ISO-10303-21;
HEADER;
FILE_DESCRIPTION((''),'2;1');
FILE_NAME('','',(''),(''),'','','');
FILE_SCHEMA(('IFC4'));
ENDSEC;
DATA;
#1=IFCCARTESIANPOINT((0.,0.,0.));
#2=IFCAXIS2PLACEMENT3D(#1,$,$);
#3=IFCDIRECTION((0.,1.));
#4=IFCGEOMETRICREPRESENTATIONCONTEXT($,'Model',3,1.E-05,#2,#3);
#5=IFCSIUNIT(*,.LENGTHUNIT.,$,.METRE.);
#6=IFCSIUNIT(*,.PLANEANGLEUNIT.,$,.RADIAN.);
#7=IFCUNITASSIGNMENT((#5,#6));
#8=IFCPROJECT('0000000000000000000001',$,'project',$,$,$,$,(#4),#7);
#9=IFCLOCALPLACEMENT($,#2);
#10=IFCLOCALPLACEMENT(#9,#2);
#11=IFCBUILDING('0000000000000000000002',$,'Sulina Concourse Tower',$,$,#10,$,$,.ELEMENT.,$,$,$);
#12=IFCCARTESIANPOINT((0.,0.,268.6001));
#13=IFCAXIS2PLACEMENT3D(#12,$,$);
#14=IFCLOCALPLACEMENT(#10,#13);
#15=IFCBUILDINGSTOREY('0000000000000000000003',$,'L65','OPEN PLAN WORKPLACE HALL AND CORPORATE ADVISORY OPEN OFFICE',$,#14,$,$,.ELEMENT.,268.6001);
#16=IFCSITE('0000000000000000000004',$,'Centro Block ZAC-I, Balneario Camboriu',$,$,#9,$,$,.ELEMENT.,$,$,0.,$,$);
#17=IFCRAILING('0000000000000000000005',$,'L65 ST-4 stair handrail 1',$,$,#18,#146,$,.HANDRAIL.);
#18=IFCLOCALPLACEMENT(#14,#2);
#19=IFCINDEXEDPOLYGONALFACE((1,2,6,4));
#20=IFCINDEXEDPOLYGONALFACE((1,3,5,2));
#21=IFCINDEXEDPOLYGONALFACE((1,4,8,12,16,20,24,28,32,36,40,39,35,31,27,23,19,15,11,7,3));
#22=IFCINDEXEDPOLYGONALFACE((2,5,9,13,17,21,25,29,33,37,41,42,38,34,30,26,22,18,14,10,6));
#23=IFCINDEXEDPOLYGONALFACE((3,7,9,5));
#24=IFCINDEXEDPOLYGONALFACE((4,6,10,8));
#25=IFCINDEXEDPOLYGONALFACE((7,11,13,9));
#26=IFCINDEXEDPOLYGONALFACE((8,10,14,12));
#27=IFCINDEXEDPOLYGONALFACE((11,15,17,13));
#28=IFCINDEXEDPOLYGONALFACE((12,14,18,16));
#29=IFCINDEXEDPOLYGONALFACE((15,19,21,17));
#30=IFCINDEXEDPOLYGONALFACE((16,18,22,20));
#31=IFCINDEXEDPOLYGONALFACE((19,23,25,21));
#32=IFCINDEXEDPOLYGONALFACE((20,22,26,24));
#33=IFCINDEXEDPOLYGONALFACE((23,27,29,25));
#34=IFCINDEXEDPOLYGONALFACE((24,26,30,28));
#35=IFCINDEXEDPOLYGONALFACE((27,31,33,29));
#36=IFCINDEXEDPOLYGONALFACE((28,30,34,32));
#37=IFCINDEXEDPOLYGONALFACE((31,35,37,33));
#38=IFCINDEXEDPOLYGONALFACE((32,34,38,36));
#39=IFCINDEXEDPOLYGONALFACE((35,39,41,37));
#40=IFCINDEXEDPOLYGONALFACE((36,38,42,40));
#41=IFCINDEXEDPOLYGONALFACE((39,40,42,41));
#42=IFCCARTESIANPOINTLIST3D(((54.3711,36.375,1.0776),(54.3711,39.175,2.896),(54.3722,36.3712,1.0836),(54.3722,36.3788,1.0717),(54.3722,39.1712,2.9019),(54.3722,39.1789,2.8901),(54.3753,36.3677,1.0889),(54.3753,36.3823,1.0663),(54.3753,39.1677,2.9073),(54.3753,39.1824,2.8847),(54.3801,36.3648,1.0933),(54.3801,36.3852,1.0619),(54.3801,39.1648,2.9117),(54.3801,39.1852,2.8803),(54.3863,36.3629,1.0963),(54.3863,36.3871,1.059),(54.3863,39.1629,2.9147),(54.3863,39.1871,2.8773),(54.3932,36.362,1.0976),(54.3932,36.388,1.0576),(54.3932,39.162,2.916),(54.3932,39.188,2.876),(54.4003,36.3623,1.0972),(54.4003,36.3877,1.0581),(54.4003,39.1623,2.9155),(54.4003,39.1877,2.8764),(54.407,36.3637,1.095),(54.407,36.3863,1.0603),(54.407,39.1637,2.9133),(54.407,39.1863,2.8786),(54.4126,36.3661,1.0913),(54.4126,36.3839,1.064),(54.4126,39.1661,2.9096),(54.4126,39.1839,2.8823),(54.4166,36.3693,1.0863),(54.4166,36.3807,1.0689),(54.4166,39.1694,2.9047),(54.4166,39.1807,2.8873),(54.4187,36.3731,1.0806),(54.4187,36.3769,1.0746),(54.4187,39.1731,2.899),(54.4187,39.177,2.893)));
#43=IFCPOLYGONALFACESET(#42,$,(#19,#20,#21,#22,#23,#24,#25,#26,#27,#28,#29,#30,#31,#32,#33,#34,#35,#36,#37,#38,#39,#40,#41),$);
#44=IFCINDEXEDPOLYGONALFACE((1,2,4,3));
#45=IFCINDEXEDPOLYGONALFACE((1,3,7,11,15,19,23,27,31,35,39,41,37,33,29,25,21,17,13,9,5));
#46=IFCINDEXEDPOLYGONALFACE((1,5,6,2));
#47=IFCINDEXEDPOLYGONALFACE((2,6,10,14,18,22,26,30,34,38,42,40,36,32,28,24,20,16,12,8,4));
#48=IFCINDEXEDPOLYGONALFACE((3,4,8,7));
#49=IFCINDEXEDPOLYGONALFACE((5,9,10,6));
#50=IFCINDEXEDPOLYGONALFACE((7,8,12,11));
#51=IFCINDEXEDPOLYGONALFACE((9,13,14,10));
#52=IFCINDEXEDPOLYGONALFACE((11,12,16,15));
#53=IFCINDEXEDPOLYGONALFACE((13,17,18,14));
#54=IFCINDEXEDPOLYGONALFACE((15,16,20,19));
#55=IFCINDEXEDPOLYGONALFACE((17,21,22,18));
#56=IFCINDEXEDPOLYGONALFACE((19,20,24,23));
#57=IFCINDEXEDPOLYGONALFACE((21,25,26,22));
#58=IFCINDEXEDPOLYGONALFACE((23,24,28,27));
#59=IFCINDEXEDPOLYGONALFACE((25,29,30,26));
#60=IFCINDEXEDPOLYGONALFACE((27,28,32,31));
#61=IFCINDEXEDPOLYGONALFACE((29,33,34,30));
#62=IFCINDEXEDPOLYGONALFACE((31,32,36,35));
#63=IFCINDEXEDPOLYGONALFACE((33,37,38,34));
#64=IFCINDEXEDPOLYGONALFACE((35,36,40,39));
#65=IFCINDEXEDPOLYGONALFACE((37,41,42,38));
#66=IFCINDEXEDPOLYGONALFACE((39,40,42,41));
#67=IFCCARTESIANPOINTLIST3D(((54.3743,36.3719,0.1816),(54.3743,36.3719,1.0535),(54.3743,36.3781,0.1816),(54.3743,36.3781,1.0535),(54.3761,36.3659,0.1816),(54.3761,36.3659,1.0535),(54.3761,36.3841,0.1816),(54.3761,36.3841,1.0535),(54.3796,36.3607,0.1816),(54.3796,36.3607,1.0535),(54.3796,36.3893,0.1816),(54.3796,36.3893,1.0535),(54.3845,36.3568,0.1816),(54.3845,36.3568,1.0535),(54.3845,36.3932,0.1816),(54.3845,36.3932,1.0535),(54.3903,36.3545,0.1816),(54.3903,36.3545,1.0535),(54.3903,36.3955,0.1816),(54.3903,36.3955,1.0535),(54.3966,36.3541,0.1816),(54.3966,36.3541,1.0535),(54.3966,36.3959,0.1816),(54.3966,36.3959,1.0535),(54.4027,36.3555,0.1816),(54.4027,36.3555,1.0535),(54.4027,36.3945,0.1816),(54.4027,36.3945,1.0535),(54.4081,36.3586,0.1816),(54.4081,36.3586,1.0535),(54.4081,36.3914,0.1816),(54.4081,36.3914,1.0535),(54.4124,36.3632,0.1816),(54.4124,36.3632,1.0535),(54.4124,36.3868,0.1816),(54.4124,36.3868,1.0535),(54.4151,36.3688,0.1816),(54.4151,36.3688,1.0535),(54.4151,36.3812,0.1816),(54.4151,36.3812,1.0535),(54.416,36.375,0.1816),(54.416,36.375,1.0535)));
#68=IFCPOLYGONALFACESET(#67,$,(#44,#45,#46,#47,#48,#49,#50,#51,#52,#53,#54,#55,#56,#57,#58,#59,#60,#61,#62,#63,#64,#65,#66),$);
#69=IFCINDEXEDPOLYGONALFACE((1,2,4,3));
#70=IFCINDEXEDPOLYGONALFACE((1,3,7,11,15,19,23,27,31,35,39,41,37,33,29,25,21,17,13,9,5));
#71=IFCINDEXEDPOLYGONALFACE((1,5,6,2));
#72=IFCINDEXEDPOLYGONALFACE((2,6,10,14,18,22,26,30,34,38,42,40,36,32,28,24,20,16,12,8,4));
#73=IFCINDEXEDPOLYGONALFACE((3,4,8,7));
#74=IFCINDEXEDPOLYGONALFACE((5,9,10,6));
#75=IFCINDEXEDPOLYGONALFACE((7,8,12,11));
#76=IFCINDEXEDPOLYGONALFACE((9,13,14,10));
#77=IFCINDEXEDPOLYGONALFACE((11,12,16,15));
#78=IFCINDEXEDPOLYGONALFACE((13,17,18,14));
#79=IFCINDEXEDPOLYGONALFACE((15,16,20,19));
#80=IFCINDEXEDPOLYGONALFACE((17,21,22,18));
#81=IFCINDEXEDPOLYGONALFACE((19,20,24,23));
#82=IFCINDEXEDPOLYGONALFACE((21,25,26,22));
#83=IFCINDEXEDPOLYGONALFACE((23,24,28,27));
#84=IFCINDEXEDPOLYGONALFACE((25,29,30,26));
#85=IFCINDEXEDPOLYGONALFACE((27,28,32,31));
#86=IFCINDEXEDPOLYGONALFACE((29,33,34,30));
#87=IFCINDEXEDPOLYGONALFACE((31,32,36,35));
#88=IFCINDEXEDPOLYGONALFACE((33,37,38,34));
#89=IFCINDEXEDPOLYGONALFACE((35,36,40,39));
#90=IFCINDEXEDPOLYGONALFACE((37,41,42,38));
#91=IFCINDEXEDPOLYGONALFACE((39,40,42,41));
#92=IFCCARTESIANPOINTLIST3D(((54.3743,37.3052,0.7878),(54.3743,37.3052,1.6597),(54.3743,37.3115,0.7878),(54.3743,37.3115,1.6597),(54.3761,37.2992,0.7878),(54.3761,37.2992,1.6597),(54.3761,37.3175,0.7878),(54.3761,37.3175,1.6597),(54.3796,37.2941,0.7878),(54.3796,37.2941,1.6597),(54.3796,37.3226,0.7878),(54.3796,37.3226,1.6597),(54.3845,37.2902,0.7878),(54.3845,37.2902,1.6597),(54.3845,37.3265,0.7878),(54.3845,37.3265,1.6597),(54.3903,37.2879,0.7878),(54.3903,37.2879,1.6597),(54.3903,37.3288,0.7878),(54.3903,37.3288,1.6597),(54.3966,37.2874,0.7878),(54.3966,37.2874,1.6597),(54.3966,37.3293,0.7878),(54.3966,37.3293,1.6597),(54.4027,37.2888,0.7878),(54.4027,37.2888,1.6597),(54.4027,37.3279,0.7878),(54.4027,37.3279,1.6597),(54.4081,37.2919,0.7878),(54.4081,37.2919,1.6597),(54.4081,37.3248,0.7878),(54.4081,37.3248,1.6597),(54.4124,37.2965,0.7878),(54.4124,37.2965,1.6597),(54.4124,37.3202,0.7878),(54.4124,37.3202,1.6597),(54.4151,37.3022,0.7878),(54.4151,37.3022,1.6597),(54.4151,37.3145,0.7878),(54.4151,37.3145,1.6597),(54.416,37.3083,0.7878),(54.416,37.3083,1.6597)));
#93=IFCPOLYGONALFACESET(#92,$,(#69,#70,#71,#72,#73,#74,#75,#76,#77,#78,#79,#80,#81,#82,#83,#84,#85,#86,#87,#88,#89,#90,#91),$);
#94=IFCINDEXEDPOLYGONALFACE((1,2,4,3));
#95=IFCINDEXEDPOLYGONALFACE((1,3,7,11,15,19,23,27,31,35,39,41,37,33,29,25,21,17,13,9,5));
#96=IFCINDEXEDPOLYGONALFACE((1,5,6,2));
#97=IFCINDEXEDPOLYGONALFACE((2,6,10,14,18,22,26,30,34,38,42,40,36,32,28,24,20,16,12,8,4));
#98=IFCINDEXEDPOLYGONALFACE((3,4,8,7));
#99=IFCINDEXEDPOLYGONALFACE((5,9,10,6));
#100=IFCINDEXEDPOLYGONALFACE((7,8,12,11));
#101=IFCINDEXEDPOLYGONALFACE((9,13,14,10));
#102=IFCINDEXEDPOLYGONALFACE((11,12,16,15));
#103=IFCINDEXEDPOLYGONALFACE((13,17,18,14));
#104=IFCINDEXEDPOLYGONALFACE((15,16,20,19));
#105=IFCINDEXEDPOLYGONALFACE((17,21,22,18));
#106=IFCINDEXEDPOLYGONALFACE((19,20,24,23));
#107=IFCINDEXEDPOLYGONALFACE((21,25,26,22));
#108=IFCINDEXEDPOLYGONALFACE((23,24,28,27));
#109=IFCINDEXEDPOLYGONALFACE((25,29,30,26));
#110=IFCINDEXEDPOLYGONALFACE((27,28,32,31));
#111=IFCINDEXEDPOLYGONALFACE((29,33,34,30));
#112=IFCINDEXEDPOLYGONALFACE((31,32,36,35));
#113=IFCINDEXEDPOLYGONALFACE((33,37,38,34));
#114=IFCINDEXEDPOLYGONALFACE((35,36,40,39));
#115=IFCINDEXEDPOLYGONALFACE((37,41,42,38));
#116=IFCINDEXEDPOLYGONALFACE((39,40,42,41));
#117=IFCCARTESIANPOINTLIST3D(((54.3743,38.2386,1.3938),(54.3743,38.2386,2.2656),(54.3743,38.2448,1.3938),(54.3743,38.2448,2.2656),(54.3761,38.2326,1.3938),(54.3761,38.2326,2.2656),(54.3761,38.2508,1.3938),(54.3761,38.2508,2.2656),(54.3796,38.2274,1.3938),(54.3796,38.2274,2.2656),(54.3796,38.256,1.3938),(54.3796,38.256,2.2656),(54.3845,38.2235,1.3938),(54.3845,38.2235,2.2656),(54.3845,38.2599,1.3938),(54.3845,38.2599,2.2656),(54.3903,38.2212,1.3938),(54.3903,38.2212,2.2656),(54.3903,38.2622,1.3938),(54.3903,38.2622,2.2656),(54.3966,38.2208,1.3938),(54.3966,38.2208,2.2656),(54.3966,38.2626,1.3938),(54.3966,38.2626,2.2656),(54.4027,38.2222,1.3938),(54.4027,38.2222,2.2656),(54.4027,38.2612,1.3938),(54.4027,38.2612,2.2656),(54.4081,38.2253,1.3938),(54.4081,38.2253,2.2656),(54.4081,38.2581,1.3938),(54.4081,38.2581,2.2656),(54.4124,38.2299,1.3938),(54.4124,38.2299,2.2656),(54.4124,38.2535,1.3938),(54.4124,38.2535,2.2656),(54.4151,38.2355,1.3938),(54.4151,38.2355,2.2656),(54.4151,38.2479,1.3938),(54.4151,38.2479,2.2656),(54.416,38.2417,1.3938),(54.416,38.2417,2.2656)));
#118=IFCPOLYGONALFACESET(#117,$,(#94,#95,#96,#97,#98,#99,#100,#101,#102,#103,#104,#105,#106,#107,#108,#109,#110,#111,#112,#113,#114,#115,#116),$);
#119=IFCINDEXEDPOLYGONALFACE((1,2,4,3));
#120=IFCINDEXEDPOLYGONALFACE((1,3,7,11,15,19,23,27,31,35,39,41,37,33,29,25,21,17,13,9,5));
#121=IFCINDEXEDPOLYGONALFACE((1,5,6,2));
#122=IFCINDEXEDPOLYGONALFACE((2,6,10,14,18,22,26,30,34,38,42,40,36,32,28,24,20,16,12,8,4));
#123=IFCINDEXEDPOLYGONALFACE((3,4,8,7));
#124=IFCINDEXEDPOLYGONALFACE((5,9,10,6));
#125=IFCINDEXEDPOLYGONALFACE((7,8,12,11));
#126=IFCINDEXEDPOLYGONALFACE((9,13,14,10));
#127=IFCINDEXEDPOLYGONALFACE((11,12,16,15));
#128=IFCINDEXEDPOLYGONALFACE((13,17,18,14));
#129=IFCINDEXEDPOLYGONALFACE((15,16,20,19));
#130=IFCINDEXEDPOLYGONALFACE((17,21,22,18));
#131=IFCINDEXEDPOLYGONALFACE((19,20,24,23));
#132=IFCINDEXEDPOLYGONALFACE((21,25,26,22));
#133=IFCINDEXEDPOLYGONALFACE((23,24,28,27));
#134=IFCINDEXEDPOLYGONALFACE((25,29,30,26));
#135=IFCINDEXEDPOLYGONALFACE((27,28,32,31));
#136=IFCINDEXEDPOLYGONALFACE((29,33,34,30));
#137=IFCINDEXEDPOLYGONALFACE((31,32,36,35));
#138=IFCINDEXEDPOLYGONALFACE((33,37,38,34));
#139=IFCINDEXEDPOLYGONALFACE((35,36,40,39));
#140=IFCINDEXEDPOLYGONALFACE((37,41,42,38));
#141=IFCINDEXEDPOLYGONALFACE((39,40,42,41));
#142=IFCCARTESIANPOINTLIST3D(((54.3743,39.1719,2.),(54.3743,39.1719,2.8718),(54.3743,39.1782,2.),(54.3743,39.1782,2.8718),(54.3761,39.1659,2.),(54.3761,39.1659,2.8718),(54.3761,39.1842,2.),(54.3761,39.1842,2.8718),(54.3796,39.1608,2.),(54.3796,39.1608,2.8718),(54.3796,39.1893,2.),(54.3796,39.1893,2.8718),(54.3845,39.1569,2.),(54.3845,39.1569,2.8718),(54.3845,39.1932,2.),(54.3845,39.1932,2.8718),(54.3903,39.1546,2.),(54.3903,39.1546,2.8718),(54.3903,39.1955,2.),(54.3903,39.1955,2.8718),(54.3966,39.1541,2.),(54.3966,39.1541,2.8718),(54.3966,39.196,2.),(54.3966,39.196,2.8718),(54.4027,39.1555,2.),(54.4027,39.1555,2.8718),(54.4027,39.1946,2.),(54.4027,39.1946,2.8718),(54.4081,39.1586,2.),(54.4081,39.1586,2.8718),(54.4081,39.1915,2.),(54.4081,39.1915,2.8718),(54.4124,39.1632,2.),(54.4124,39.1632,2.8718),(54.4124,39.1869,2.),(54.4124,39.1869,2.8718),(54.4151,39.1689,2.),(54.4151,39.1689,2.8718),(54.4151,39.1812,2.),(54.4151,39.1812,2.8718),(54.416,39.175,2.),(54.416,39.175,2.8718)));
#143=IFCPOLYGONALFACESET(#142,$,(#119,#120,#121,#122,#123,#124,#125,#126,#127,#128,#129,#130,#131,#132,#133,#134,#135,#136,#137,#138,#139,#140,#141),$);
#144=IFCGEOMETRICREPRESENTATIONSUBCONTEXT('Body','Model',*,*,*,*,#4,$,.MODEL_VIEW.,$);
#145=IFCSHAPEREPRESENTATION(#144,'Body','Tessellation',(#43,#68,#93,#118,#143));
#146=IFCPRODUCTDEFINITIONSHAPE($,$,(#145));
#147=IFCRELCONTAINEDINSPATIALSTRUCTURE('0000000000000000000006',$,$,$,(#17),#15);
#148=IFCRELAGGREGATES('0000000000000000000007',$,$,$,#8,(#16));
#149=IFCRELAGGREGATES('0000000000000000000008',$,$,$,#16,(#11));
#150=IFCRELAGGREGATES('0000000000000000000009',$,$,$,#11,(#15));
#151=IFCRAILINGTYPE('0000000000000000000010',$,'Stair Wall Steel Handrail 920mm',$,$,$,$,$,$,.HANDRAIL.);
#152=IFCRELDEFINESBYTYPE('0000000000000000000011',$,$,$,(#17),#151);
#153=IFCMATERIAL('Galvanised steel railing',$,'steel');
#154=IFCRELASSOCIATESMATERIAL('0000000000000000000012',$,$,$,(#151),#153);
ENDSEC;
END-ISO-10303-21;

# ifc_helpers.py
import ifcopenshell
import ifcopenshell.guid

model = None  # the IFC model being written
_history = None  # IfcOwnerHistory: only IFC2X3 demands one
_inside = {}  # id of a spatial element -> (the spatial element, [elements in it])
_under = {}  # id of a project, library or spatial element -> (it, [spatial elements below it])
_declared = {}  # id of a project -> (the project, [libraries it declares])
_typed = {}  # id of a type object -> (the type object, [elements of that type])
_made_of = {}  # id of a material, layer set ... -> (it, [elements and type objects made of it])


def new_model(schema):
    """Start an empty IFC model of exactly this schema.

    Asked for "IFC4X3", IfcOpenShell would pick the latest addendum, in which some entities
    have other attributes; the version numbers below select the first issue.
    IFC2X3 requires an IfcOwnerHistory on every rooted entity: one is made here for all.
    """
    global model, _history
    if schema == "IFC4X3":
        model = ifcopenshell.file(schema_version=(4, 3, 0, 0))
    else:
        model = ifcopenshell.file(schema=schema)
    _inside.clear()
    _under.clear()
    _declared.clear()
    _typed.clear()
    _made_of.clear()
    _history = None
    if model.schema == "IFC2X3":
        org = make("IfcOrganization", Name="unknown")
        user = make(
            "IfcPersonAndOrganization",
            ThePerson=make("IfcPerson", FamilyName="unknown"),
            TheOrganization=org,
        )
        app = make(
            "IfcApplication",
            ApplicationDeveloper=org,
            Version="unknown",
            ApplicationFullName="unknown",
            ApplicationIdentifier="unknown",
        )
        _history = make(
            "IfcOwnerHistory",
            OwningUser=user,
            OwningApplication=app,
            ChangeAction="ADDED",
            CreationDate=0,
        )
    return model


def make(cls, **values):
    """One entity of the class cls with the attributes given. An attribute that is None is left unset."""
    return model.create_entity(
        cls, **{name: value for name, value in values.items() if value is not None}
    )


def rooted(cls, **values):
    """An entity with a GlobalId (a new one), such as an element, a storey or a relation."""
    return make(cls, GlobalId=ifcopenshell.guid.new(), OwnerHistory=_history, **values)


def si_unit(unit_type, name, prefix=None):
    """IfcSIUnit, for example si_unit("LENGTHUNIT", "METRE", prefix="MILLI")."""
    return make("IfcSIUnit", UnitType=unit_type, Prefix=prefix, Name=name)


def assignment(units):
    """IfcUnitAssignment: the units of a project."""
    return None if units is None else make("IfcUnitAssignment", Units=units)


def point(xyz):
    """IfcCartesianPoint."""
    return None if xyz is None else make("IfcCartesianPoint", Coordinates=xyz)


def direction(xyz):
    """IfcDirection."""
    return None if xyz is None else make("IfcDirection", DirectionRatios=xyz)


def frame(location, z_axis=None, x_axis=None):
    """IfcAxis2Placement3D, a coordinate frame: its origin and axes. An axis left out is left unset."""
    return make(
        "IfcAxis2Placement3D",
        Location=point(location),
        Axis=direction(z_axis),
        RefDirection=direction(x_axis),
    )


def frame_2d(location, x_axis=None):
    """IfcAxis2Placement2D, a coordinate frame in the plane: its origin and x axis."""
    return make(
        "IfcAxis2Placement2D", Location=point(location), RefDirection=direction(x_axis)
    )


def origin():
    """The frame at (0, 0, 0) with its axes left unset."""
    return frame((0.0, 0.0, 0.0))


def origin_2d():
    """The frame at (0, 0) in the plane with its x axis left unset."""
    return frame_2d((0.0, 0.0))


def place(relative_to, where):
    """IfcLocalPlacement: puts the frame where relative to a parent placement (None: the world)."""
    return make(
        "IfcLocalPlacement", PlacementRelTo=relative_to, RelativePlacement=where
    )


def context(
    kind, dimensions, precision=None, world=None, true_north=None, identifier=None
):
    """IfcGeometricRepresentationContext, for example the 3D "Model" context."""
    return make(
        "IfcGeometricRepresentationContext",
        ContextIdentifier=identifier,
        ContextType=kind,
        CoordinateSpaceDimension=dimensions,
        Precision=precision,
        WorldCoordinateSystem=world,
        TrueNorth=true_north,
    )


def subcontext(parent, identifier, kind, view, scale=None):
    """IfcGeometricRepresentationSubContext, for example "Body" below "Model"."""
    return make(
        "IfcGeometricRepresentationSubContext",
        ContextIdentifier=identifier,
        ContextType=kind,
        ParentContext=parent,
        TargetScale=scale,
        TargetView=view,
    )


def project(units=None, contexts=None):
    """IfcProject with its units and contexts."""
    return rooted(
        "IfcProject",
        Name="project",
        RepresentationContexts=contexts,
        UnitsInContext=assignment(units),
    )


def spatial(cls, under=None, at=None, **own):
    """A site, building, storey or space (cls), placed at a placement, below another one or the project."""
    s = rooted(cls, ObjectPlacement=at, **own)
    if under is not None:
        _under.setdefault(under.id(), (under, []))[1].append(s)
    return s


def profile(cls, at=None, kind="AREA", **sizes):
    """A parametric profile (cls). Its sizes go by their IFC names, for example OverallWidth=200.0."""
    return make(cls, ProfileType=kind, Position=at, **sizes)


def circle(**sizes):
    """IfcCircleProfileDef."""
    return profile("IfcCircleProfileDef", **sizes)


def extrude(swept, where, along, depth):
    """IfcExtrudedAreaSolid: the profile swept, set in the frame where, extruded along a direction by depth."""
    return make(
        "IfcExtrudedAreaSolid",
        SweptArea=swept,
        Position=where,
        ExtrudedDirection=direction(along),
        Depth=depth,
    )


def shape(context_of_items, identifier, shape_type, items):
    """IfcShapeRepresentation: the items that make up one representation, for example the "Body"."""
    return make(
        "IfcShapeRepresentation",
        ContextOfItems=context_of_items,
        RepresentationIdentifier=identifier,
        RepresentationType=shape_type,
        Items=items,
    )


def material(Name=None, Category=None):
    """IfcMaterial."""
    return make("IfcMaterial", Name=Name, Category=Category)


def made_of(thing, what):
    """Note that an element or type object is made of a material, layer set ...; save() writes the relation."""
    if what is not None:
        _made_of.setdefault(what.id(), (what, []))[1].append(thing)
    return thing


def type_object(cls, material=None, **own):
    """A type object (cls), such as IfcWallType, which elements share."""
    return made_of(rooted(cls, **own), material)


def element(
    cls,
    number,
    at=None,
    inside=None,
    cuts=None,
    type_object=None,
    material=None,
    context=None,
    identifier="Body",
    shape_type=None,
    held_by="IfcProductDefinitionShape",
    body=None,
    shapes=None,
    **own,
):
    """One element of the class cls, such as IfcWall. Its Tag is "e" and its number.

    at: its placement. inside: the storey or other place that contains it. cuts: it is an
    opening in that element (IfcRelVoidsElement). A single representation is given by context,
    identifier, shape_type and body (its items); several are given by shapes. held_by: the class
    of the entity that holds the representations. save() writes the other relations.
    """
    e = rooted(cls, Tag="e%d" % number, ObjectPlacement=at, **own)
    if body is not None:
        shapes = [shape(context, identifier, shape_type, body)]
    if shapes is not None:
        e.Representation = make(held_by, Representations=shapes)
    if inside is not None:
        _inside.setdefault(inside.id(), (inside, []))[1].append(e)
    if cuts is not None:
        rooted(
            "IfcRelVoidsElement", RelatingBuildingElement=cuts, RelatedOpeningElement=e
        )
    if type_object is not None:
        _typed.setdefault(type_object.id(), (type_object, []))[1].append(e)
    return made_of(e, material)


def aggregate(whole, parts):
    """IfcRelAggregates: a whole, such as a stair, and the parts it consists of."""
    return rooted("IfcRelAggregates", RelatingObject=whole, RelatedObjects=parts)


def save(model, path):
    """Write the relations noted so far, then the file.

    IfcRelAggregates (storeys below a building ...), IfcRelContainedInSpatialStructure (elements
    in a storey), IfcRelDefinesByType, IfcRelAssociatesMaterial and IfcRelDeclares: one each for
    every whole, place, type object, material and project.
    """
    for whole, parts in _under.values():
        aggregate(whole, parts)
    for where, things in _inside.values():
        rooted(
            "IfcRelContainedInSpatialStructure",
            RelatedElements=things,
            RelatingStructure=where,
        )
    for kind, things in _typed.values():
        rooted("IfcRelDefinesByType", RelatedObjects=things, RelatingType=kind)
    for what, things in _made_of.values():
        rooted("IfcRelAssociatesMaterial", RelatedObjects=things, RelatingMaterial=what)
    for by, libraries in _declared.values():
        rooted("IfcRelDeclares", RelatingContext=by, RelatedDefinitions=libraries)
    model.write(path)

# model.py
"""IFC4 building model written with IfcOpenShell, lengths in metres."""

from ifc_helpers import new_model, si_unit, direction, frame, origin, origin_2d, place, context, subcontext, project, spatial, circle, extrude, material, type_object, element, save


model = new_model("IFC4")

# Units and contexts
model_context = context("Model", 3, precision=1e-05, world=origin(), true_north=direction((0.0, 1.0)))
body_context = subcontext(model_context, "Body", "Model", "MODEL_VIEW")
ifc_project = project(units=[si_unit("LENGTHUNIT", "METRE"), si_unit("PLANEANGLEUNIT", "RADIAN")], contexts=[model_context])

# Site, building, storey
site_placement = place(None, origin())
site = spatial("IfcSite", under=ifc_project, at=site_placement, Name="Centro Block ZAC-I, Balneario Camboriu", CompositionType="ELEMENT", RefElevation=0.0)
building_placement = place(site_placement, origin())
building = spatial("IfcBuilding", under=site, at=building_placement, Name="Sulina Concourse Tower", CompositionType="ELEMENT")
storey_placement = place(building_placement, frame((0.0, 0.0, 268.6001)))
storey = spatial("IfcBuildingStorey", under=building, at=storey_placement, Name="L65", Description="OPEN PLAN WORKPLACE HALL AND CORPORATE ADVISORY OPEN OFFICE", CompositionType="ELEMENT", Elevation=268.6001)

# Railing
ifc_material_1 = material(Name="Galvanised steel railing", Category="steel")
railing_type_1 = type_object("IfcRailingType", Name="Stair Wall Steel Handrail 920mm", PredefinedType="HANDRAIL", material=ifc_material_1)
for number, where, name in (
    (1, (54.395, 36.375, 0.1816), "L65 ST-4 stair handrail 1"),
):
    element("IfcRailing", number, at=place(storey_placement, frame(where)), inside=storey, type_object=railing_type_1, Name=name, PredefinedType="HANDRAIL", context=body_context, shape_type="SweptSolid", body=[
        extrude(circle(Radius=0.0239, at=origin_2d()), frame((0.0, 0.0, 0.896), z_axis=(0.0, 0.838672, 0.544636), x_axis=(-1.0, 0.0, 0.0)), (0.0, 0.0, 1.0), 3.3386),
        extrude(circle(Radius=0.021, at=origin_2d()), origin(), (0.0, 0.0, 1.0), 0.8718),
        extrude(circle(Radius=0.021, at=origin_2d()), frame((0.0, 0.9333, 0.6062)), (0.0, 0.0, 1.0), 0.8718),
        extrude(circle(Radius=0.021, at=origin_2d()), frame((0.0, 1.8667, 1.2122)), (0.0, 0.0, 1.0), 0.8718),
        extrude(circle(Radius=0.021, at=origin_2d()), frame((0.0, 2.8, 1.8184)), (0.0, 0.0, 1.0), 0.8718),
    ])

save(model, "model.ifc")
